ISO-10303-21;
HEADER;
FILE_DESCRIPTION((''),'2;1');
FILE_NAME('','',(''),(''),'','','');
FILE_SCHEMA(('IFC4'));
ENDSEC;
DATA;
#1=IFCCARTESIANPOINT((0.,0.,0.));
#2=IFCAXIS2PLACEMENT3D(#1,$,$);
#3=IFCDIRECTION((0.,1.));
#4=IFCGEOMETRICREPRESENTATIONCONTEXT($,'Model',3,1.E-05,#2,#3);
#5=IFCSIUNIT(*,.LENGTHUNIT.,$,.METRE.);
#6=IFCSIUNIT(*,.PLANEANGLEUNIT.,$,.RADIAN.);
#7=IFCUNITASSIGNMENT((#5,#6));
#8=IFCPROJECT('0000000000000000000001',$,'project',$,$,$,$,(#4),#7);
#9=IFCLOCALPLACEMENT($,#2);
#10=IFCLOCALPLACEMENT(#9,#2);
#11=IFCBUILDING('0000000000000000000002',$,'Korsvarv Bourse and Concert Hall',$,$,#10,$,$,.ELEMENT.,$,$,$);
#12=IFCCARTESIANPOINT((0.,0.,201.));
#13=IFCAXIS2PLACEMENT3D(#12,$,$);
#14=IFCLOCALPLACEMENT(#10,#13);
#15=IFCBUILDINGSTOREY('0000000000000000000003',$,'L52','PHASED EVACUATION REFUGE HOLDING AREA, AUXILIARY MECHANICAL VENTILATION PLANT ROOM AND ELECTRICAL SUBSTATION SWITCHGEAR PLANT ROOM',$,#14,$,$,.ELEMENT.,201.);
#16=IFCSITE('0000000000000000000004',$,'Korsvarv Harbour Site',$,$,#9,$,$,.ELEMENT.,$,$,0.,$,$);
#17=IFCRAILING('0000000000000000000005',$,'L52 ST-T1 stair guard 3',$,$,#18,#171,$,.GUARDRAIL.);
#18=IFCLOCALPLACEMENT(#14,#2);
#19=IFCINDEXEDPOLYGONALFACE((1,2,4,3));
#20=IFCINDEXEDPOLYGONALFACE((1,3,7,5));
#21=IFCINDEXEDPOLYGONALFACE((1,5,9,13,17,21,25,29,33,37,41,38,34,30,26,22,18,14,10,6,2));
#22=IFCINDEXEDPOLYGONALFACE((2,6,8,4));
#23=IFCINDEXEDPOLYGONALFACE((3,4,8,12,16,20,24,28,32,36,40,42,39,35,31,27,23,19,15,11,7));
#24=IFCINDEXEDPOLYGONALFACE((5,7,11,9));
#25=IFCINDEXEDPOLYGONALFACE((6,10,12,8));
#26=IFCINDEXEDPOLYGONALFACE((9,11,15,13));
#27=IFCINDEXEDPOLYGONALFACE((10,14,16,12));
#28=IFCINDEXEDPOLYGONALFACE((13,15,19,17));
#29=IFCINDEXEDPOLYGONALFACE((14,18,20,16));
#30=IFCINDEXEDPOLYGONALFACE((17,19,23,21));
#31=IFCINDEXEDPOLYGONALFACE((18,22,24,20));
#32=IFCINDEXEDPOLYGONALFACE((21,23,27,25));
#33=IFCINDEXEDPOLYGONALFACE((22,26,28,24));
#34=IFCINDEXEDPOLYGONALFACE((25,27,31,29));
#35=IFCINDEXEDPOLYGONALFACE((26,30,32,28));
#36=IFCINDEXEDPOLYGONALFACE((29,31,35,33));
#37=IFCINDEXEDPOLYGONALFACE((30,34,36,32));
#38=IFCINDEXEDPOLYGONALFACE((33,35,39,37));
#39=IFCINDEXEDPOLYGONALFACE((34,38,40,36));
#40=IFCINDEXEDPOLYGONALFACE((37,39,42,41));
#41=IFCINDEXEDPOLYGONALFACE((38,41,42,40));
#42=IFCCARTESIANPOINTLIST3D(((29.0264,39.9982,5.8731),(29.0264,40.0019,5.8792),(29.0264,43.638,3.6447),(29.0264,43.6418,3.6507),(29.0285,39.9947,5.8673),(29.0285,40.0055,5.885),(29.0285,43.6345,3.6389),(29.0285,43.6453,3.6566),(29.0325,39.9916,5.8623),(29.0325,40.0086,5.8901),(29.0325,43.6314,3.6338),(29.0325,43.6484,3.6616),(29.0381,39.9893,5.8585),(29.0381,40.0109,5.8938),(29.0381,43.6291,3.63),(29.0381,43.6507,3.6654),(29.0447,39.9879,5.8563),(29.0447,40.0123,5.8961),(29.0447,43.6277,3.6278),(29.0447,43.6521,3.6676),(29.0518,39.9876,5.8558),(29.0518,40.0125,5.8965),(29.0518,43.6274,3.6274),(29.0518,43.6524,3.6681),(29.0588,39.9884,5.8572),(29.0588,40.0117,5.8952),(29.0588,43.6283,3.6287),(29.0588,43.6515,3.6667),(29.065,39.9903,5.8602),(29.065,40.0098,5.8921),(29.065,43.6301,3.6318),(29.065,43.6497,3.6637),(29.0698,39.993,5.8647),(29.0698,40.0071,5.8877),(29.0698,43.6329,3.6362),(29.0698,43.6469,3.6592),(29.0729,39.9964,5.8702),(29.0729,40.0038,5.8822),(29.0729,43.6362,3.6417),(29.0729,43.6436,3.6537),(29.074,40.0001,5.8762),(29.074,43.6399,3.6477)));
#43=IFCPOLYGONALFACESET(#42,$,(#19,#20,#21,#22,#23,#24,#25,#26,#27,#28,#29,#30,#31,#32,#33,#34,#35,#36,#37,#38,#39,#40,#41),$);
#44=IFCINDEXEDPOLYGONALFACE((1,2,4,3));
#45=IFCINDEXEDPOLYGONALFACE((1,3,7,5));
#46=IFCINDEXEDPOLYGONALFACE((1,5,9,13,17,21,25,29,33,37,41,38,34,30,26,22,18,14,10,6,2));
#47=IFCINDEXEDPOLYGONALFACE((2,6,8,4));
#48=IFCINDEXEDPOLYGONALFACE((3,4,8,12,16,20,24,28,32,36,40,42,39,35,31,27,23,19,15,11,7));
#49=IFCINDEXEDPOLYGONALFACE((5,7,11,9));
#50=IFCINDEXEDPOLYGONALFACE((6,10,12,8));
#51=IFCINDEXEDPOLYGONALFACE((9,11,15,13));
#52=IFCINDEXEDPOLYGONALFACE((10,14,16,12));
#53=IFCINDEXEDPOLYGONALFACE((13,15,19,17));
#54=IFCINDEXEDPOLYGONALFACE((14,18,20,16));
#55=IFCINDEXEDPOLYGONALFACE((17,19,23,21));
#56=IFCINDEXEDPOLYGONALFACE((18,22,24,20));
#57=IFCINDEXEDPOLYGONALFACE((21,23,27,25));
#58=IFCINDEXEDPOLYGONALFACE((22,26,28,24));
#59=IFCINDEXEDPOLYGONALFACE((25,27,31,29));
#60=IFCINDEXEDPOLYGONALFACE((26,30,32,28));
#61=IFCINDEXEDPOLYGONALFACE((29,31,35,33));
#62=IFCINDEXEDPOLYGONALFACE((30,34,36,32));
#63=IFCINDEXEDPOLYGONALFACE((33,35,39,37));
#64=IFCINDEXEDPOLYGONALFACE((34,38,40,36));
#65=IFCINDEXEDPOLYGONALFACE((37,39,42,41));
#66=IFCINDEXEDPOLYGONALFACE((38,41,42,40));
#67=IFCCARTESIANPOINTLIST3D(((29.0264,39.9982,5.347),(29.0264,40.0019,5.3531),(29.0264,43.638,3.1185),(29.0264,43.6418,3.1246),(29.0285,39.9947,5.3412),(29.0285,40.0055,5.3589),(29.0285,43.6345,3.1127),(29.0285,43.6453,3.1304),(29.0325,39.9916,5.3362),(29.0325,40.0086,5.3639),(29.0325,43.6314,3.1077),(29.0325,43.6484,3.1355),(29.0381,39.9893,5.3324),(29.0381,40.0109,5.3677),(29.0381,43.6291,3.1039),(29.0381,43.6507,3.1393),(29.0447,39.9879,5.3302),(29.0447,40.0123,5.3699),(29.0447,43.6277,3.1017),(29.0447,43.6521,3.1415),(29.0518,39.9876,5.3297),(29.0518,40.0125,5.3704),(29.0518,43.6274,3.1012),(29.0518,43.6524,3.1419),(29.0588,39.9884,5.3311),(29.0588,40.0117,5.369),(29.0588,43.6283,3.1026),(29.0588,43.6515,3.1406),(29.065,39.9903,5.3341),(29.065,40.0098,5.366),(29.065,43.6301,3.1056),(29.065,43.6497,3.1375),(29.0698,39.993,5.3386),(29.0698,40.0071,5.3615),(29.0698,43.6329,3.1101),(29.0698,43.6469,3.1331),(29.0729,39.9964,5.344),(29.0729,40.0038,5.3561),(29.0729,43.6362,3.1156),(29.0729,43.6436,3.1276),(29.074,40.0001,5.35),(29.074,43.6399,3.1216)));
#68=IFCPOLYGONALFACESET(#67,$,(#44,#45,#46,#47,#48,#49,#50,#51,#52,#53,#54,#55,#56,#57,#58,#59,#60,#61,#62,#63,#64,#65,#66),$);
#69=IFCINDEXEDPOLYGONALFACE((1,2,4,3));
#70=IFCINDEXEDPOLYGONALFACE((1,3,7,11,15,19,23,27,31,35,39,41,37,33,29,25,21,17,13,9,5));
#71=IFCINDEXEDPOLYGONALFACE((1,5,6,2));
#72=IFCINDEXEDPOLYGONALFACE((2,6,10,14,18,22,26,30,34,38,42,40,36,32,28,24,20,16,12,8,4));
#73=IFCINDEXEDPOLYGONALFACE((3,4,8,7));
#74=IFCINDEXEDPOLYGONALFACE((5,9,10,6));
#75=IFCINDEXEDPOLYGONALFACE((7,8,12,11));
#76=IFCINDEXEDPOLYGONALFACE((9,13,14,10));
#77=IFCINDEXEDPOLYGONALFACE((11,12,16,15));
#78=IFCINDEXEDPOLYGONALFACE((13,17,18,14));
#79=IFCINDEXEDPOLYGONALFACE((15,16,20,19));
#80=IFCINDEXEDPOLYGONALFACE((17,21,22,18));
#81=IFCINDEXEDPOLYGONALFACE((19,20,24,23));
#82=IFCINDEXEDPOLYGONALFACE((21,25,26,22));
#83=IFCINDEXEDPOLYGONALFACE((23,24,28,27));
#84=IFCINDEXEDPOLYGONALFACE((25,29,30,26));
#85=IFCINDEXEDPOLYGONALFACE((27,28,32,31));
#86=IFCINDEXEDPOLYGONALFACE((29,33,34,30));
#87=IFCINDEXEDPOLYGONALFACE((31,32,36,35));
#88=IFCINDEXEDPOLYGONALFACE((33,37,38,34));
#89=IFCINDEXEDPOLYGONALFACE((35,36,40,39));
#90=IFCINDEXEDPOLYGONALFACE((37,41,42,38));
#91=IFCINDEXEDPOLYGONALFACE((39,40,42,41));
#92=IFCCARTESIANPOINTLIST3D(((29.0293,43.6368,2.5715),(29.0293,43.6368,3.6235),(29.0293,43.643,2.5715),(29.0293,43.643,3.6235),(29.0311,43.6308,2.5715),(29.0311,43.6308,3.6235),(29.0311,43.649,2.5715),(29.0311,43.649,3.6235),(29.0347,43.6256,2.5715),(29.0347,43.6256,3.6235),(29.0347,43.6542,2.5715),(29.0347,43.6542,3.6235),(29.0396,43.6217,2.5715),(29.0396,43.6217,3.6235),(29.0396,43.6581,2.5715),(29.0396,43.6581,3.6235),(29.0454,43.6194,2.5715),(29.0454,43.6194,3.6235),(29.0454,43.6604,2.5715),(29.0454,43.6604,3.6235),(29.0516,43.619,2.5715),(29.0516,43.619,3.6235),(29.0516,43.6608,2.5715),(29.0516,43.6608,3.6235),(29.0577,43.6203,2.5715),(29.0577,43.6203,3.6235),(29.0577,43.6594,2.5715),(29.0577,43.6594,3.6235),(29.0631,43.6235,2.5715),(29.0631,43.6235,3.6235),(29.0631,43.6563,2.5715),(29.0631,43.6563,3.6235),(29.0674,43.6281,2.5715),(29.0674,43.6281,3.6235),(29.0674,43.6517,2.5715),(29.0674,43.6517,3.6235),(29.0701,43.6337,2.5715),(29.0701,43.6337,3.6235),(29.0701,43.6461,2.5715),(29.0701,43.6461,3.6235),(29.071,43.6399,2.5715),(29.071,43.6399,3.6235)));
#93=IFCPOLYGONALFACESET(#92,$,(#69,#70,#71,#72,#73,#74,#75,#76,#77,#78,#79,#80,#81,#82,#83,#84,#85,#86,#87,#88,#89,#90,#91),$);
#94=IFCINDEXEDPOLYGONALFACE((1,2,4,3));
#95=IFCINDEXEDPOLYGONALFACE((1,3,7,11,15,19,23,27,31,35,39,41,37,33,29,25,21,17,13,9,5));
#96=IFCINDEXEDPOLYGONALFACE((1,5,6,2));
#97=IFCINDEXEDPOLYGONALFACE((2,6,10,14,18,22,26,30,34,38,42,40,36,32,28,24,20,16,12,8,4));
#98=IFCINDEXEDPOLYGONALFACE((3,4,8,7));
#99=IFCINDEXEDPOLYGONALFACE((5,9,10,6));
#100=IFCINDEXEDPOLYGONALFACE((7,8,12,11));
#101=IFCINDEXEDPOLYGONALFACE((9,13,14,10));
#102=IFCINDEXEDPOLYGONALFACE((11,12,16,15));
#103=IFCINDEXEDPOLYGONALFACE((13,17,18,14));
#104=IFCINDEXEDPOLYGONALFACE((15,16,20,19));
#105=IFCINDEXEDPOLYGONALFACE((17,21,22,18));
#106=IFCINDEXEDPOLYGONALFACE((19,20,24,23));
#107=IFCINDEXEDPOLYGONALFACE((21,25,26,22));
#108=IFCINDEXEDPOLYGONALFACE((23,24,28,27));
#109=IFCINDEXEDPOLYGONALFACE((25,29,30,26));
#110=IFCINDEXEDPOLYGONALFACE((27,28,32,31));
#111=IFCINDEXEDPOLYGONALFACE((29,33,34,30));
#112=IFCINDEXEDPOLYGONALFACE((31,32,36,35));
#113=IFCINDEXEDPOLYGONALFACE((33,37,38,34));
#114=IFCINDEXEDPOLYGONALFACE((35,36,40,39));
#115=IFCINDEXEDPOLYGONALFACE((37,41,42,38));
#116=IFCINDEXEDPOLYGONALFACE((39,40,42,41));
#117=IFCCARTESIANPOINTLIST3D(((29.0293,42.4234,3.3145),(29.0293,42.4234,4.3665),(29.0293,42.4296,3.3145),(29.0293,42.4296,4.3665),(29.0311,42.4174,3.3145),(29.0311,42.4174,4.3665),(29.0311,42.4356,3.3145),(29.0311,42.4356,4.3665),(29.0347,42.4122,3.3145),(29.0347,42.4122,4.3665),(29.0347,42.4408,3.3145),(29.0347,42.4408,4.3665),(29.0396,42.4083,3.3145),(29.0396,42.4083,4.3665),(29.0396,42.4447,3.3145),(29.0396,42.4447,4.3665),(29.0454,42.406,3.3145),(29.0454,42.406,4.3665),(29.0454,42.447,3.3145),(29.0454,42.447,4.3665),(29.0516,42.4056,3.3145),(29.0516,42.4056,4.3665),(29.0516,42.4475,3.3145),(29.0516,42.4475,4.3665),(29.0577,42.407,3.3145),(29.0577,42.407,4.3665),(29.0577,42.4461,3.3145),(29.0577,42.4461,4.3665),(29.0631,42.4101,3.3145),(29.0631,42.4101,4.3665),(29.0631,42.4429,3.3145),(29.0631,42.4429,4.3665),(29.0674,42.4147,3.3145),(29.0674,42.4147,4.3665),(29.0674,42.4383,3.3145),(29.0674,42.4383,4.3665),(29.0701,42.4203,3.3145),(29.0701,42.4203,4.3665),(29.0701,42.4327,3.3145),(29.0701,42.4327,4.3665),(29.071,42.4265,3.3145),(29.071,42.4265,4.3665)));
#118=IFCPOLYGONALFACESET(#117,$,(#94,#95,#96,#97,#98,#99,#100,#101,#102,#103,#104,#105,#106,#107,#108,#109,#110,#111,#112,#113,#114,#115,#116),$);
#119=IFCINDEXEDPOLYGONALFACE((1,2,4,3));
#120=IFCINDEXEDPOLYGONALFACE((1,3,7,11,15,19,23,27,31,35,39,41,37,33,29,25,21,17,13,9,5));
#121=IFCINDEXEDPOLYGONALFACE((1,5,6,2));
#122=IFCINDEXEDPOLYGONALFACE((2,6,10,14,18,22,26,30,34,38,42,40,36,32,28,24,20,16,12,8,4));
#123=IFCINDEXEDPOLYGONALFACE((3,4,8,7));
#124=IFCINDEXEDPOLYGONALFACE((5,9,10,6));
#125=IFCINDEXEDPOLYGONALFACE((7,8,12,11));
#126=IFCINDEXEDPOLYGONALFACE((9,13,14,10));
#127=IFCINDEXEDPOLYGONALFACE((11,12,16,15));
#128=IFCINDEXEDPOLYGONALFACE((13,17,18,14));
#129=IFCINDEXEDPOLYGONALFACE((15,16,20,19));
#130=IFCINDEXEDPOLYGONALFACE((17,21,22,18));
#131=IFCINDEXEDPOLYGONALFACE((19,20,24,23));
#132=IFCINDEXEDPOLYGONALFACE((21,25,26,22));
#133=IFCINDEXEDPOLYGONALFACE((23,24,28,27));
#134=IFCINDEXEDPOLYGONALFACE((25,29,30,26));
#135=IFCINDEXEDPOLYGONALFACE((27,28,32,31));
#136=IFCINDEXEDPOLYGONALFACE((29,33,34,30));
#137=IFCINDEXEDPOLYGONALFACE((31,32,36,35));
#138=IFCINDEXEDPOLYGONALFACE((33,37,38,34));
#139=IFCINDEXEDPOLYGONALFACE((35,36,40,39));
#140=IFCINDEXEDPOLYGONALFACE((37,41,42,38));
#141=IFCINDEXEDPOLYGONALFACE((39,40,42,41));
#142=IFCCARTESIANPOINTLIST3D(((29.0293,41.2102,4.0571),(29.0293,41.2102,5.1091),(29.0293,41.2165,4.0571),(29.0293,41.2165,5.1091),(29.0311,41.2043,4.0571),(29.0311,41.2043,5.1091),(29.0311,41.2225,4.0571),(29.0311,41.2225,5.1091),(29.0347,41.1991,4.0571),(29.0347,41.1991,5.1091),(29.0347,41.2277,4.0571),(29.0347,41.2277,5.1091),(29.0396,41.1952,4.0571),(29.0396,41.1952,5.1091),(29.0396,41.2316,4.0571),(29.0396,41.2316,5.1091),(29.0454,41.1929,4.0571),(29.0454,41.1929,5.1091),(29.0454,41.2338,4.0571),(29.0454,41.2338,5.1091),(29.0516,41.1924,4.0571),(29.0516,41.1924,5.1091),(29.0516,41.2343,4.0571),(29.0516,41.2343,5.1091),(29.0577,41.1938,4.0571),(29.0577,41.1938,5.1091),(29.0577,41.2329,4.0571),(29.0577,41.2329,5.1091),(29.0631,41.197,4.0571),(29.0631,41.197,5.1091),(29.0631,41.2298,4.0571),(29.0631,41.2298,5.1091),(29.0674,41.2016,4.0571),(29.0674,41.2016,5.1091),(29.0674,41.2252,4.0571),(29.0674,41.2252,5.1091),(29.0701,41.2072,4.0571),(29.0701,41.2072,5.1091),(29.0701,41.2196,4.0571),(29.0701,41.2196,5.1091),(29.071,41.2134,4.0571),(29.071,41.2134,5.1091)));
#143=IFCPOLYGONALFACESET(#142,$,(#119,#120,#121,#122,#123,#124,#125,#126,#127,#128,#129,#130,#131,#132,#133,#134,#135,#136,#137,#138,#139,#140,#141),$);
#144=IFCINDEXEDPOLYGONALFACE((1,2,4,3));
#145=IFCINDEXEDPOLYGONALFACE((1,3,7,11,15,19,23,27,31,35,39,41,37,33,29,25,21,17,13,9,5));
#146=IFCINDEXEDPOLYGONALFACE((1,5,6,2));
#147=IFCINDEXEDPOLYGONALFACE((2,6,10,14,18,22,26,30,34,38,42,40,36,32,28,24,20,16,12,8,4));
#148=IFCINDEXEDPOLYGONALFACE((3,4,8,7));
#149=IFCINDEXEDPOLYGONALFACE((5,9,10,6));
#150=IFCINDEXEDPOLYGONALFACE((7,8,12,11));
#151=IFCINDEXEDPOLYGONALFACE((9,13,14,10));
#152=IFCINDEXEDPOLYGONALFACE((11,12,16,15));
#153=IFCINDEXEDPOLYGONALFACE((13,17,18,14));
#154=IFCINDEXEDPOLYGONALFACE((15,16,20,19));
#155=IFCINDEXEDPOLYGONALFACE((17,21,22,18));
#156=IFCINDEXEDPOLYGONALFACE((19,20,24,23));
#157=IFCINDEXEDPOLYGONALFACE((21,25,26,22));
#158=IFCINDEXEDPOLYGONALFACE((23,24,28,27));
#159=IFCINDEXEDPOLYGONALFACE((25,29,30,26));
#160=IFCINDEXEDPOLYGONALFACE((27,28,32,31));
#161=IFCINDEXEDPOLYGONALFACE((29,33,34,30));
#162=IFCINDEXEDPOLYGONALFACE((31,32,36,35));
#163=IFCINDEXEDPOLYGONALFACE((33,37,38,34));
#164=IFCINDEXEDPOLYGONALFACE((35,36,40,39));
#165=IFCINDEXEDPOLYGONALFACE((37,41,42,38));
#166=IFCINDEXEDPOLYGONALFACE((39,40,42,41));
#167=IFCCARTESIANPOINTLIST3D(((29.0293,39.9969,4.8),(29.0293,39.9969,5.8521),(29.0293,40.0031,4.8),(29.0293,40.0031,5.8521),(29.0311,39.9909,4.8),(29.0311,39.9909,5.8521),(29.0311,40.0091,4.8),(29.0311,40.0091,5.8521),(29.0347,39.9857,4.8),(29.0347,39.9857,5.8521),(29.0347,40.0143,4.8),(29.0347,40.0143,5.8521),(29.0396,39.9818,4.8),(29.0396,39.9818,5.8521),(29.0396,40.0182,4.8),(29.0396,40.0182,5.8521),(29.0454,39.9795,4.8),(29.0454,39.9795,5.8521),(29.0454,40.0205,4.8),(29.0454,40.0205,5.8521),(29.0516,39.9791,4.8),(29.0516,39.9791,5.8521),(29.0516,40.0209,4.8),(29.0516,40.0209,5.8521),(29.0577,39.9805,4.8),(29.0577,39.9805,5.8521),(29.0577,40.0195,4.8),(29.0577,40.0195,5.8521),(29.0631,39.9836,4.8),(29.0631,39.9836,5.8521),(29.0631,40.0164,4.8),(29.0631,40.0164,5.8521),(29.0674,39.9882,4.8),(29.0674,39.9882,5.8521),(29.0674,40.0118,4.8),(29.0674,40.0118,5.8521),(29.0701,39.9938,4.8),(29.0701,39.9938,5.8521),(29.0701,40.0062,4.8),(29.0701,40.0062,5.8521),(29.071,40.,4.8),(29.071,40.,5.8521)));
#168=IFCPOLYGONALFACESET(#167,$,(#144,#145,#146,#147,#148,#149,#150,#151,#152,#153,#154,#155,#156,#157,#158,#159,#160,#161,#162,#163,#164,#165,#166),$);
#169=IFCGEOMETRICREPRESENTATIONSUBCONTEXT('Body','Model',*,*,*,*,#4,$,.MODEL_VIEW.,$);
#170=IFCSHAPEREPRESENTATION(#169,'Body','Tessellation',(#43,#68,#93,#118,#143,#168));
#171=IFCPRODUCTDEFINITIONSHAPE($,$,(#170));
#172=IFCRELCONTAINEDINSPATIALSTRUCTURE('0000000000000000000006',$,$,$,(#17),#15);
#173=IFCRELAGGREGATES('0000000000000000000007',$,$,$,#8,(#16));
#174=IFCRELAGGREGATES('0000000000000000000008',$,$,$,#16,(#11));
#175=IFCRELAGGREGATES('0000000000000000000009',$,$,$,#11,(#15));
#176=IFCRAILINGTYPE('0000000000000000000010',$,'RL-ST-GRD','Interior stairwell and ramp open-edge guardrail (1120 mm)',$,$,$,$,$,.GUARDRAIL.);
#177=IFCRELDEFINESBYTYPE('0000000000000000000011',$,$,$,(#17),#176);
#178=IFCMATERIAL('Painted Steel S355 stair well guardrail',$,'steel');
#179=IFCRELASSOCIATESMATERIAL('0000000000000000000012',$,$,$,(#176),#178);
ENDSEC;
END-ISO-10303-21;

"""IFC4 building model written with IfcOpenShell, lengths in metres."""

from ifc_helpers import new_model, si_unit, direction, frame, origin, origin_2d, place, context, subcontext, project, spatial, circle, extrude, material, type_object, element, save


model = new_model("IFC4")

# Units and contexts
model_context = context("Model", 3, precision=1e-05, world=origin(), true_north=direction((0.0, 1.0)))
body_context = subcontext(model_context, "Body", "Model", "MODEL_VIEW")
ifc_project = project(units=[si_unit("LENGTHUNIT", "METRE"), si_unit("PLANEANGLEUNIT", "RADIAN")], contexts=[model_context])

# Site, building, storey
site_placement = place(None, origin())
site = spatial("IfcSite", under=ifc_project, at=site_placement, Name="Korsvarv Harbour Site", CompositionType="ELEMENT", RefElevation=0.0)
building_placement = place(site_placement, origin())
building = spatial("IfcBuilding", under=site, at=building_placement, Name="Korsvarv Bourse and Concert Hall", CompositionType="ELEMENT")
storey_placement = place(building_placement, frame((0.0, 0.0, 201.0)))
storey = spatial("IfcBuildingStorey", under=building, at=storey_placement, Name="L52", Description="PHASED EVACUATION REFUGE HOLDING AREA, AUXILIARY MECHANICAL VENTILATION PLANT ROOM AND ELECTRICAL SUBSTATION SWITCHGEAR PLANT ROOM", CompositionType="ELEMENT", Elevation=201.0)

# Railing
ifc_material_1 = material(Name="Painted Steel S355 stair well guardrail", Category="steel")
railing_type_1 = type_object("IfcRailingType", Name="RL-ST-GRD", Description="Interior stairwell and ramp open-edge guardrail (1120 mm)", PredefinedType="GUARDRAIL", material=ifc_material_1)
railing_1_placement = place(storey_placement, frame((29.05, 43.6399, 2.5715)))
element("IfcRailing", 1, at=railing_1_placement, inside=storey, type_object=railing_type_1, Name="L52 ST-T1 stair guard 3", PredefinedType="GUARDRAIL", context=body_context, shape_type="SweptSolid", body=[
    extrude(circle(Radius=0.0239, at=origin_2d()), frame((0.0, 0.0, 1.0762), z_axis=(0.0, -0.85285, 0.522156), x_axis=(1.0, 0.0, 0.0)), (0.0, 0.0, 1.0), 4.2678),
    extrude(circle(Radius=0.0239, at=origin_2d()), frame((0.0, 0.0, 0.55), z_axis=(0.0, -0.85285, 0.522156), x_axis=(1.0, 0.0, 0.0)), (0.0, 0.0, 1.0), 4.2678),
    extrude(circle(Radius=0.021, at=origin_2d()), origin(), (0.0, 0.0, 1.0), 1.052),
    extrude(circle(Radius=0.021, at=origin_2d()), frame((0.0, -1.2134, 0.7429)), (0.0, 0.0, 1.0), 1.052),
    extrude(circle(Radius=0.021, at=origin_2d()), frame((0.0, -2.4265, 1.4856)), (0.0, 0.0, 1.0), 1.052),
    extrude(circle(Radius=0.021, at=origin_2d()), frame((0.0, -3.6399, 2.2285)), (0.0, 0.0, 1.0), 1.052),
])

save(model, "model.ifc")
